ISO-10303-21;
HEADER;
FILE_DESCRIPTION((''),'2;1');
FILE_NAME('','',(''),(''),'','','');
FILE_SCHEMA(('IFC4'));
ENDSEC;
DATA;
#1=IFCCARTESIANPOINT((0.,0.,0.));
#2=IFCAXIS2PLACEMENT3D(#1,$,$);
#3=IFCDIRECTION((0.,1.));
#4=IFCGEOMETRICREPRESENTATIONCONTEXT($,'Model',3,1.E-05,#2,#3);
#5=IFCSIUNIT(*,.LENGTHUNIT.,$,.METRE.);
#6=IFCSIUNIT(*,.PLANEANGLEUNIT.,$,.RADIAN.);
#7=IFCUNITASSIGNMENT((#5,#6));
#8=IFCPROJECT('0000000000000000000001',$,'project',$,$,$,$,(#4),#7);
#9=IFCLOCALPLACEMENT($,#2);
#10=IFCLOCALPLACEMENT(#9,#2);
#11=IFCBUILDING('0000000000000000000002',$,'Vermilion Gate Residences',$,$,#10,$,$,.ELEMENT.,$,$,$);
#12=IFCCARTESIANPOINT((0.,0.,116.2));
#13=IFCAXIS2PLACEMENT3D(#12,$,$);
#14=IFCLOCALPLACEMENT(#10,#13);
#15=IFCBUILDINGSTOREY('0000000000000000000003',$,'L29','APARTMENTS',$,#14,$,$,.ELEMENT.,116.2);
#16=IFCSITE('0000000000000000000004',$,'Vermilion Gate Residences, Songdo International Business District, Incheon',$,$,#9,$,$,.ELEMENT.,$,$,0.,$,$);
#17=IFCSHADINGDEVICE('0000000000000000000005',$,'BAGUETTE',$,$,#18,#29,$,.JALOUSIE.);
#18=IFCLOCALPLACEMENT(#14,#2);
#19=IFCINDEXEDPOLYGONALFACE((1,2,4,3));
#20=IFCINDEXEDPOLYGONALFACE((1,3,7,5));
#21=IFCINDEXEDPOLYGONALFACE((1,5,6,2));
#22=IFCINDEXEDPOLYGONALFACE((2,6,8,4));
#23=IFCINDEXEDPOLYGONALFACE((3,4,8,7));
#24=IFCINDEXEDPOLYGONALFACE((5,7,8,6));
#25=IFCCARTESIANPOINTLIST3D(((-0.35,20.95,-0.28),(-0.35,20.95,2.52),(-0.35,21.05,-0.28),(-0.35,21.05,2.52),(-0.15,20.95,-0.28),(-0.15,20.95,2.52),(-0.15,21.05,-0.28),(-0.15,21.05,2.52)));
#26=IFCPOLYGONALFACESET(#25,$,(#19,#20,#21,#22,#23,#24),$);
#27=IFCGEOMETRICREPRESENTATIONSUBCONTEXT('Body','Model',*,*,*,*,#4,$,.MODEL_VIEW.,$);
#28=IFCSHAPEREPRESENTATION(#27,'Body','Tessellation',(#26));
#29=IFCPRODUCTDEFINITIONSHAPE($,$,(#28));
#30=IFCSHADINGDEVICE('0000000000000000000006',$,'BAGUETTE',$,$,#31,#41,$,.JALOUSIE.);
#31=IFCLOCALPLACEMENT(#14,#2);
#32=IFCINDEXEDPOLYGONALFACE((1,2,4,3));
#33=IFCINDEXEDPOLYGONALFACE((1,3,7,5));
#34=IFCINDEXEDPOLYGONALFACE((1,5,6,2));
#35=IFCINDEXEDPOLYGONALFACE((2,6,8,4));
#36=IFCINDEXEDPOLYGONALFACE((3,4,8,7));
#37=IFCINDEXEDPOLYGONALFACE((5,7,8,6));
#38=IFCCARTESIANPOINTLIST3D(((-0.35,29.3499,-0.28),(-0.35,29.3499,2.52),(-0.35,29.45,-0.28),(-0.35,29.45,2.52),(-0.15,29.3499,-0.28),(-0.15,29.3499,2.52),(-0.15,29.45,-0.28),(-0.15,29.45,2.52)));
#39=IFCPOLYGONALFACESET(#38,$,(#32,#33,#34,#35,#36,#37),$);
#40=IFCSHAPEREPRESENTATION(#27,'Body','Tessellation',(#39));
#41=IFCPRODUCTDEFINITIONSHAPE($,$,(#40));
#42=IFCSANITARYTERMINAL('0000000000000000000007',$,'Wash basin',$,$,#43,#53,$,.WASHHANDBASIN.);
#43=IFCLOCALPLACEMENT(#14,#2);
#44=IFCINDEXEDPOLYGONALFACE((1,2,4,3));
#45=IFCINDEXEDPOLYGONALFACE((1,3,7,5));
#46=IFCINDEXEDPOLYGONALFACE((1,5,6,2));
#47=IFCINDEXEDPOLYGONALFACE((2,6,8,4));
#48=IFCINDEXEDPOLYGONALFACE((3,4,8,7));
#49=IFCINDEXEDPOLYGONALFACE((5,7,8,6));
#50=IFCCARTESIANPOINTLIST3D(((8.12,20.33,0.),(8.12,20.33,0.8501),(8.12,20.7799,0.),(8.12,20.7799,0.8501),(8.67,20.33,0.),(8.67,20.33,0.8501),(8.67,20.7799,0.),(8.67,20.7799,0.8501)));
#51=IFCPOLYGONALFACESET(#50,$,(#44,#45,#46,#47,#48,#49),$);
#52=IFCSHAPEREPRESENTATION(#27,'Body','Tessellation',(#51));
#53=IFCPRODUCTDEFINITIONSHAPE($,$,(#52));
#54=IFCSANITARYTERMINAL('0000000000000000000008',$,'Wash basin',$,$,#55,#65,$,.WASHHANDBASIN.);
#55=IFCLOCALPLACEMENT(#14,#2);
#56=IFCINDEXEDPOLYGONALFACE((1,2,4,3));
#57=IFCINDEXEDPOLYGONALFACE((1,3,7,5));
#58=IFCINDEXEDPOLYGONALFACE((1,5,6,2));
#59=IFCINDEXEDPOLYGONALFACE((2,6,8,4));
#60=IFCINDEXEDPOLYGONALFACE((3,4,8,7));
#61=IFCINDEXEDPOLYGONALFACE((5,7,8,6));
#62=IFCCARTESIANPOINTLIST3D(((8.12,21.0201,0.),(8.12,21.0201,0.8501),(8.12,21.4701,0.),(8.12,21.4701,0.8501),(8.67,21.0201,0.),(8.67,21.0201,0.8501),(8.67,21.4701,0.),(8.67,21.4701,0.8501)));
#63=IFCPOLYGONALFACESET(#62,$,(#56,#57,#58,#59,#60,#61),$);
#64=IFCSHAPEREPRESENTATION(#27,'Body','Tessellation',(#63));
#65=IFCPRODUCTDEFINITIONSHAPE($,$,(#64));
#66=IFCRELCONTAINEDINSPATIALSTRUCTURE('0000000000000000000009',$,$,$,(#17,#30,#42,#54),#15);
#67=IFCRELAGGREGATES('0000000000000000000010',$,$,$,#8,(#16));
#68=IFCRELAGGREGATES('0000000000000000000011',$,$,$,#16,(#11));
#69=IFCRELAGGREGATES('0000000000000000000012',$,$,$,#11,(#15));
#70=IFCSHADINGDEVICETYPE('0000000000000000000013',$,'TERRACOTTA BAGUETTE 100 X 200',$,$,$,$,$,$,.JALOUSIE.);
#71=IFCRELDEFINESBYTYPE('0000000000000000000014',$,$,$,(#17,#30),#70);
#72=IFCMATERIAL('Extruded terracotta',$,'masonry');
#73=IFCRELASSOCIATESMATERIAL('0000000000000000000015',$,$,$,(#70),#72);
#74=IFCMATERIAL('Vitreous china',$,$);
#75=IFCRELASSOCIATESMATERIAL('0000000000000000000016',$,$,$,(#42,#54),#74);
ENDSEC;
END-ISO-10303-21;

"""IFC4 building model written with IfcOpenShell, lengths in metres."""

from ifc_helpers import new_model, si_unit, direction, frame, origin, origin_2d, place, context, subcontext, project, spatial, rectangle, extrude, material, material_profile, profile_set, type_object, element, save


model = new_model("IFC4")

# Units and contexts
model_context = context("Model", 3, precision=1e-05, world=origin(), true_north=direction((0.0, 1.0)))
body_context = subcontext(model_context, "Body", "Model", "MODEL_VIEW")
ifc_project = project(units=[si_unit("LENGTHUNIT", "METRE"), si_unit("PLANEANGLEUNIT", "RADIAN")], contexts=[model_context])

# Site, building, storey
site_placement = place(None, origin())
site = spatial("IfcSite", under=ifc_project, at=site_placement, Name="Vermilion Gate Residences, Songdo International Business District, Incheon", CompositionType="ELEMENT", RefElevation=0.0)
building_placement = place(site_placement, origin())
building = spatial("IfcBuilding", under=site, at=building_placement, Name="Vermilion Gate Residences", CompositionType="ELEMENT")
storey_placement = place(building_placement, frame((0.0, 0.0, 116.2)))
storey = spatial("IfcBuildingStorey", under=building, at=storey_placement, Name="L29", Description="APARTMENTS", CompositionType="ELEMENT", Elevation=116.2)

# Shading devices
ifc_material_1 = material(Name="Extruded terracotta", Category="masonry")
ifc_material_profile_1 = material_profile(ifc_material_1, rectangle(XDim=0.2, YDim=0.1001, at=origin_2d()), Name="BAGUETTE 100 X 200")
ifc_profile_set_1 = profile_set([ifc_material_profile_1], Name="Extruded terracotta")
shading_device_type_1 = type_object("IfcShadingDeviceType", Name="TERRACOTTA BAGUETTE 100 X 200", PredefinedType="JALOUSIE", material=ifc_profile_set_1)
for number, where, z_axis, x_axis, name in (
    (1, (-0.25, 21.0, -0.28), (0.0, 0.0, 1.0), (1.0, 0.0, 0.0), "BAGUETTE"),
    (2, (-0.25, 29.3999, -0.28), (0.0, 0.0, 1.0), (1.0, 0.0, 0.0), "BAGUETTE"),
):
    element("IfcShadingDevice", number, at=place(storey_placement, frame(where, z_axis=z_axis, x_axis=x_axis)), inside=storey, type_object=shading_device_type_1, Name=name, PredefinedType="JALOUSIE", context=body_context, shape_type="SweptSolid", body=[
        extrude(rectangle(XDim=0.2, YDim=0.1001, at=origin_2d()), origin(), (0.0, 0.0, 1.0), 2.8),
    ])

# Sanitary terminals
ifc_material_2 = material(Name="Vitreous china")
for number, where, z_axis, x_axis, name in (
    (3, (8.395, 20.5549, 0.0), (0.0, 0.0, 1.0), (1.0, 0.0, 0.0), "Wash basin"),
    (4, (8.395, 21.2451, 0.0), (0.0, 0.0, 1.0), (1.0, 0.0, 0.0), "Wash basin"),
):
    element("IfcSanitaryTerminal", number, at=place(storey_placement, frame(where, z_axis=z_axis, x_axis=x_axis)), inside=storey, material=ifc_material_2, Name=name, PredefinedType="WASHHANDBASIN", context=body_context, shape_type="SweptSolid", body=[
        extrude(rectangle(XDim=0.55, YDim=0.45, at=origin_2d()), origin(), (0.0, 0.0, 1.0), 0.8501),
    ])

save(model, "model.ifc")
